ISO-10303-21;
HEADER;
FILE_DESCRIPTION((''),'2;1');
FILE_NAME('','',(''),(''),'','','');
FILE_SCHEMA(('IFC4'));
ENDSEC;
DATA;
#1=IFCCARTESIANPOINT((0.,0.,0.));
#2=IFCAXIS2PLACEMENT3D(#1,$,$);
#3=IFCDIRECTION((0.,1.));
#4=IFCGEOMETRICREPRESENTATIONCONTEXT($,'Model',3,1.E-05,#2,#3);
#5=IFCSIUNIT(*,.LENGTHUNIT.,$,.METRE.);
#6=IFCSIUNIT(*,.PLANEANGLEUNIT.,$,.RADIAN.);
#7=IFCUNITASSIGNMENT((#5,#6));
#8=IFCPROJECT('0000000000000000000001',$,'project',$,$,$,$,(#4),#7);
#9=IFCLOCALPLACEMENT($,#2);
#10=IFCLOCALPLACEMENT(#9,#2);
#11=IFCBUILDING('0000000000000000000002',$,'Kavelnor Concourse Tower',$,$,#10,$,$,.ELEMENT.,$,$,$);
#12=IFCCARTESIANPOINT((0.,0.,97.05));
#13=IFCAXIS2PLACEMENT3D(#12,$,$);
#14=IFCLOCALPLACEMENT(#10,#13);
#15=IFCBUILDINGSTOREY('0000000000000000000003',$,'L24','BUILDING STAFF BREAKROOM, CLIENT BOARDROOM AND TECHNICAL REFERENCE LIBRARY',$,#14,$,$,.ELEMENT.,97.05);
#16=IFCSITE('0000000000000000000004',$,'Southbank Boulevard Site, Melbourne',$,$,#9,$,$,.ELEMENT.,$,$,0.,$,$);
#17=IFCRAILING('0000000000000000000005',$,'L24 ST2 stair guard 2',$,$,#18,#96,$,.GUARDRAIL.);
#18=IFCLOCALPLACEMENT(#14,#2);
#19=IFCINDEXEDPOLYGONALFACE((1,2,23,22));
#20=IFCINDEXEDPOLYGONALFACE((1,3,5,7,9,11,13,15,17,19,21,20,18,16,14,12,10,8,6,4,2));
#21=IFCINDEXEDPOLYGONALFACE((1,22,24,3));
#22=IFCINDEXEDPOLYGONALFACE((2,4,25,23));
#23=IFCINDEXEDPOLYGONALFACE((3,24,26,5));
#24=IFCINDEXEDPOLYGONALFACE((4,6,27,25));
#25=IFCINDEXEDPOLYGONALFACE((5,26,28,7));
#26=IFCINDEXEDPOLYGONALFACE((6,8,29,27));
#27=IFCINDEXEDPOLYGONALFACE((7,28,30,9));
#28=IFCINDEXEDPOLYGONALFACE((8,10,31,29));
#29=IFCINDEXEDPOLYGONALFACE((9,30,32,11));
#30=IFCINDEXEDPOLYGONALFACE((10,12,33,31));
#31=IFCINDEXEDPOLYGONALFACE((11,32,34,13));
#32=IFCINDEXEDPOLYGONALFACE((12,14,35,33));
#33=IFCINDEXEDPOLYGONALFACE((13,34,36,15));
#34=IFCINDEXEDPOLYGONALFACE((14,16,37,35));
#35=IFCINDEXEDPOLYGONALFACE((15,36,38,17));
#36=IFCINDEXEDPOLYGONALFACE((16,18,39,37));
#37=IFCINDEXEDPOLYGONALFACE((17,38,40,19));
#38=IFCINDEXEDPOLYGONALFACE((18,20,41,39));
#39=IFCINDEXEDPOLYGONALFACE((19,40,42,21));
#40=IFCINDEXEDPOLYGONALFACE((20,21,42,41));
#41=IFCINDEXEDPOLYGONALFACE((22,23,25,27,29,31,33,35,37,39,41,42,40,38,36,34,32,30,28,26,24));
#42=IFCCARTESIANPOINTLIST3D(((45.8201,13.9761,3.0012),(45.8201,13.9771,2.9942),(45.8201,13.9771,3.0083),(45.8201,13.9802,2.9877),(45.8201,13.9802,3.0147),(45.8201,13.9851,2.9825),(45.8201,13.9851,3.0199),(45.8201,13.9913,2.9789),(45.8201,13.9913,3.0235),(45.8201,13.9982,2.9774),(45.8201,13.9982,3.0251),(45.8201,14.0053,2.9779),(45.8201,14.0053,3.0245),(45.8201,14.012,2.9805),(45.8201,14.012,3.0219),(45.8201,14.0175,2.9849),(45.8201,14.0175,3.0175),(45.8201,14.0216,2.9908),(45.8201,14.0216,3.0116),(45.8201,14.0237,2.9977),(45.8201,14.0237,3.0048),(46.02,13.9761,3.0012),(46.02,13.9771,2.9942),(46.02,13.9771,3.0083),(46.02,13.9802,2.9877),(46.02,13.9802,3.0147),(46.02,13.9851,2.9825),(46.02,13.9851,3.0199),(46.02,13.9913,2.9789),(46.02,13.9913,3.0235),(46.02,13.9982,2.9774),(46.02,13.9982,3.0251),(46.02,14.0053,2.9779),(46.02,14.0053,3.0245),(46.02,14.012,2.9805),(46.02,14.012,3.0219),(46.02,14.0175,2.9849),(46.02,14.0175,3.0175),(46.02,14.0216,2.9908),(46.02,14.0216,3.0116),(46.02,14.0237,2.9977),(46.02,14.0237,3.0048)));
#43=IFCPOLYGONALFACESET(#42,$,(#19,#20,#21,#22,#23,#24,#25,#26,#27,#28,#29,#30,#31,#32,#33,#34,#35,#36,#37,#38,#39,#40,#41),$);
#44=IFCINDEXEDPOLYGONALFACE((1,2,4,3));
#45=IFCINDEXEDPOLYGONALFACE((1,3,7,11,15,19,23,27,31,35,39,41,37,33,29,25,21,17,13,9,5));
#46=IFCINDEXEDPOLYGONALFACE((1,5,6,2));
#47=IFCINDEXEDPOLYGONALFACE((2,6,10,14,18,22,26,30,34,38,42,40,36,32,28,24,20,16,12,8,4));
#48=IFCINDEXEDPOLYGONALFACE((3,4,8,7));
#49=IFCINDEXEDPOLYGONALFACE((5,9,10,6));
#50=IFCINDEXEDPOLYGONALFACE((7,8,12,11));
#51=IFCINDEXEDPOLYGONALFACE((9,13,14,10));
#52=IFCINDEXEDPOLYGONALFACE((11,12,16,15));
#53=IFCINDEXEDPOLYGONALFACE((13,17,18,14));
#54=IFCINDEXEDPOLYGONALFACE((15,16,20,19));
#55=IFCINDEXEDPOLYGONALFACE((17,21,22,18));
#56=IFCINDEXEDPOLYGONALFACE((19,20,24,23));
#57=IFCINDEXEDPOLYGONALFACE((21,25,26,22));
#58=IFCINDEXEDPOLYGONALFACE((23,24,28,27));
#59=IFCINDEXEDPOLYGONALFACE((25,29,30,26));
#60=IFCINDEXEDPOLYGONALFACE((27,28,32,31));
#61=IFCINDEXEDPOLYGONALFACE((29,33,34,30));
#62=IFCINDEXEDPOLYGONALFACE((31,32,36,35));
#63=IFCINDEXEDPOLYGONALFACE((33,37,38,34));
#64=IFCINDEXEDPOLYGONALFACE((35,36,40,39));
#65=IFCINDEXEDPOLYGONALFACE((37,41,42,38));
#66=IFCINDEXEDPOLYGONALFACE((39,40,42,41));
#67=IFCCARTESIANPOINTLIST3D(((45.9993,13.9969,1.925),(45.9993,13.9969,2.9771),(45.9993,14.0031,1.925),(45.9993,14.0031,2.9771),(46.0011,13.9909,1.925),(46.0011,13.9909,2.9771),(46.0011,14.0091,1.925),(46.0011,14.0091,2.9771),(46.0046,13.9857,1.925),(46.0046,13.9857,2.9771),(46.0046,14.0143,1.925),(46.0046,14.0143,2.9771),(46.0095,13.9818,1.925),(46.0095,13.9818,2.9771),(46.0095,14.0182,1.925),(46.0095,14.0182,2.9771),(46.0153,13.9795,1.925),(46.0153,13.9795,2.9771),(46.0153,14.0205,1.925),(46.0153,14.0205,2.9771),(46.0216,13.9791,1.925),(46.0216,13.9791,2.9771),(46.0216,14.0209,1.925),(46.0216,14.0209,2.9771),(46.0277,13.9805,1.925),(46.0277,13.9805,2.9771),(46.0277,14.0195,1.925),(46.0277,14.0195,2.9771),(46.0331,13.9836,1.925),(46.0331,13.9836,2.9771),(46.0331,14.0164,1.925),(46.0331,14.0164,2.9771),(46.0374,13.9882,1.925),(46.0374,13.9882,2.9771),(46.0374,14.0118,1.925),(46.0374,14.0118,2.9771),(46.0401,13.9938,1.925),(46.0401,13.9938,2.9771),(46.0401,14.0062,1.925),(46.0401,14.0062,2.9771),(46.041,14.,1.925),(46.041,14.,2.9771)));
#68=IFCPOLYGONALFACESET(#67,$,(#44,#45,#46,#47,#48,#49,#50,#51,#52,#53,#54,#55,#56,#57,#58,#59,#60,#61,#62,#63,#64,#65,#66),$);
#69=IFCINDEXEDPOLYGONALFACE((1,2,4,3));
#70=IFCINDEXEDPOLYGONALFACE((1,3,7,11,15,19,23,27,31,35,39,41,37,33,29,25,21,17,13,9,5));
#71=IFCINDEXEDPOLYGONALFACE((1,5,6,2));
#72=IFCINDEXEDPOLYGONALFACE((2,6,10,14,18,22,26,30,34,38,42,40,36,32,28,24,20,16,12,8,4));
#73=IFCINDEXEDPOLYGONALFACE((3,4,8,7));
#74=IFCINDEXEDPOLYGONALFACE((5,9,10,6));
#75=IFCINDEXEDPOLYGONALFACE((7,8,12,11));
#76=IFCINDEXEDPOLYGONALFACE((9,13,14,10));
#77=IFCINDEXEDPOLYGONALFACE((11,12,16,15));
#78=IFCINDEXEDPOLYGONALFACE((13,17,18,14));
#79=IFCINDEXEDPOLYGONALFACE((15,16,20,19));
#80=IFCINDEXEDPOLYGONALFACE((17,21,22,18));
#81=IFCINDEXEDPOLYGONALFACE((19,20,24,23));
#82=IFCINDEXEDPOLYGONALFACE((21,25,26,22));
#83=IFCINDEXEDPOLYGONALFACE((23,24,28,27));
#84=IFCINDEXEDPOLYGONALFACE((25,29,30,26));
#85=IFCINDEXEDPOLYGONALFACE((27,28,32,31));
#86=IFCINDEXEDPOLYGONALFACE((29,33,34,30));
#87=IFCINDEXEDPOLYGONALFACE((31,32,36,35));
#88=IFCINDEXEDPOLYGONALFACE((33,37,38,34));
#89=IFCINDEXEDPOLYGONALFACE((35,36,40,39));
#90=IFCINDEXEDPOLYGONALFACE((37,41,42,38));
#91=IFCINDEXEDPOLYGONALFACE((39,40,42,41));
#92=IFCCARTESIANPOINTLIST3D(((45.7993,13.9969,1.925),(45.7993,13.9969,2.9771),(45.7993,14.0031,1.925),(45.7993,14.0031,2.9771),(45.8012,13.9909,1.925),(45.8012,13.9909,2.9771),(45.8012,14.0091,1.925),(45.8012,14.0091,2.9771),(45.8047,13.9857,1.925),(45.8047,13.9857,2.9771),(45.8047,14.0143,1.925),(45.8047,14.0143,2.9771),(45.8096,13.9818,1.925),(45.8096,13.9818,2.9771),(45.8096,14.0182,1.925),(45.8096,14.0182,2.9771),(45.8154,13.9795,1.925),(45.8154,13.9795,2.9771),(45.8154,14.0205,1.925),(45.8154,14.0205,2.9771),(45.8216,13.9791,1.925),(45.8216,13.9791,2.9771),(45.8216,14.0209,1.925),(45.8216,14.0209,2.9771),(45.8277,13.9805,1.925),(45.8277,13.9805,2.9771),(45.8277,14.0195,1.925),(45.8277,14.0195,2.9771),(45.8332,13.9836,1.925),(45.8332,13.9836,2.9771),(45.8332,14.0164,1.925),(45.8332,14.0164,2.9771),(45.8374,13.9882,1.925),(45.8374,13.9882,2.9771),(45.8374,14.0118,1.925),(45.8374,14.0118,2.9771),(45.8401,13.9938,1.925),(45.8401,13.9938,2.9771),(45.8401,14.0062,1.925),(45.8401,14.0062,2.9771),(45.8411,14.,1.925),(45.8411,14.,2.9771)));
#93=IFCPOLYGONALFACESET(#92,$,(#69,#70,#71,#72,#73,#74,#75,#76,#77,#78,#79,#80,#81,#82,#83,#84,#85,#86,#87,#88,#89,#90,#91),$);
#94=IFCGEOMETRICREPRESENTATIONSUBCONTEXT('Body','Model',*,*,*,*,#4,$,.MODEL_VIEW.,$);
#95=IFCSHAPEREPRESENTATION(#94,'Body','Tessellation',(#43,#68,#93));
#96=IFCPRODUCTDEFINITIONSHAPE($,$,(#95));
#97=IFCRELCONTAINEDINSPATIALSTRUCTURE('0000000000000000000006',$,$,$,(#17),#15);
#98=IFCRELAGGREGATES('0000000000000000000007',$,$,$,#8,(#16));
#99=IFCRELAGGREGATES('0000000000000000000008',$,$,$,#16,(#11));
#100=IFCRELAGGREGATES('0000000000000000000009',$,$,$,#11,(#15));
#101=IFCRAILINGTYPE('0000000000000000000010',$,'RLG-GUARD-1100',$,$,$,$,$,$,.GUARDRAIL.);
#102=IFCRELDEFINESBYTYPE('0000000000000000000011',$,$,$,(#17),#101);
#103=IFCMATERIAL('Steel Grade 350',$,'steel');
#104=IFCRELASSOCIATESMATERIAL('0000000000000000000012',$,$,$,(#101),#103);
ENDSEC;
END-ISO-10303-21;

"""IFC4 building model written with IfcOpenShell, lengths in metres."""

from ifc_helpers import new_model, si_unit, direction, frame, origin, origin_2d, place, context, subcontext, project, spatial, circle, extrude, material, type_object, element, save


model = new_model("IFC4")

# Units and contexts
model_context = context("Model", 3, precision=1e-05, world=origin(), true_north=direction((0.0, 1.0)))
body_context = subcontext(model_context, "Body", "Model", "MODEL_VIEW")
ifc_project = project(units=[si_unit("LENGTHUNIT", "METRE"), si_unit("PLANEANGLEUNIT", "RADIAN")], contexts=[model_context])

# Site, building, storey
site_placement = place(None, origin())
site = spatial("IfcSite", under=ifc_project, at=site_placement, Name="Southbank Boulevard Site, Melbourne", CompositionType="ELEMENT", RefElevation=0.0)
building_placement = place(site_placement, origin())
building = spatial("IfcBuilding", under=site, at=building_placement, Name="Kavelnor Concourse Tower", CompositionType="ELEMENT")
storey_placement = place(building_placement, frame((0.0, 0.0, 97.05)))
storey = spatial("IfcBuildingStorey", under=building, at=storey_placement, Name="L24", Description="BUILDING STAFF BREAKROOM, CLIENT BOARDROOM AND TECHNICAL REFERENCE LIBRARY", CompositionType="ELEMENT", Elevation=97.05)

# Shared definitions
ifc_material_1 = material(Name="Steel Grade 350", Category="steel")

# Railing
railing_type_1 = type_object("IfcRailingType", Name="RLG-GUARD-1100", PredefinedType="GUARDRAIL", material=ifc_material_1)
railing_1_placement = place(storey_placement, frame((46.02, 14.0, 1.925)))
element("IfcRailing", 1, at=railing_1_placement, inside=storey, type_object=railing_type_1, Name="L24 ST2 stair guard 2", PredefinedType="GUARDRAIL", context=body_context, shape_type="SweptSolid", body=[
    extrude(circle(Radius=0.0239, at=origin_2d()), frame((0.0, 0.0, 1.0762), z_axis=(-1.0, 0.0, 0.0), x_axis=(0.0, -1.0, 0.0)), (0.0, 0.0, 1.0), 0.2),
    extrude(circle(Radius=0.021, at=origin_2d()), origin(), (0.0, 0.0, 1.0), 1.052),
    extrude(circle(Radius=0.021, at=origin_2d()), frame((-0.2, 0.0, 0.0)), (0.0, 0.0, 1.0), 1.052),
])

save(model, "model.ifc")
